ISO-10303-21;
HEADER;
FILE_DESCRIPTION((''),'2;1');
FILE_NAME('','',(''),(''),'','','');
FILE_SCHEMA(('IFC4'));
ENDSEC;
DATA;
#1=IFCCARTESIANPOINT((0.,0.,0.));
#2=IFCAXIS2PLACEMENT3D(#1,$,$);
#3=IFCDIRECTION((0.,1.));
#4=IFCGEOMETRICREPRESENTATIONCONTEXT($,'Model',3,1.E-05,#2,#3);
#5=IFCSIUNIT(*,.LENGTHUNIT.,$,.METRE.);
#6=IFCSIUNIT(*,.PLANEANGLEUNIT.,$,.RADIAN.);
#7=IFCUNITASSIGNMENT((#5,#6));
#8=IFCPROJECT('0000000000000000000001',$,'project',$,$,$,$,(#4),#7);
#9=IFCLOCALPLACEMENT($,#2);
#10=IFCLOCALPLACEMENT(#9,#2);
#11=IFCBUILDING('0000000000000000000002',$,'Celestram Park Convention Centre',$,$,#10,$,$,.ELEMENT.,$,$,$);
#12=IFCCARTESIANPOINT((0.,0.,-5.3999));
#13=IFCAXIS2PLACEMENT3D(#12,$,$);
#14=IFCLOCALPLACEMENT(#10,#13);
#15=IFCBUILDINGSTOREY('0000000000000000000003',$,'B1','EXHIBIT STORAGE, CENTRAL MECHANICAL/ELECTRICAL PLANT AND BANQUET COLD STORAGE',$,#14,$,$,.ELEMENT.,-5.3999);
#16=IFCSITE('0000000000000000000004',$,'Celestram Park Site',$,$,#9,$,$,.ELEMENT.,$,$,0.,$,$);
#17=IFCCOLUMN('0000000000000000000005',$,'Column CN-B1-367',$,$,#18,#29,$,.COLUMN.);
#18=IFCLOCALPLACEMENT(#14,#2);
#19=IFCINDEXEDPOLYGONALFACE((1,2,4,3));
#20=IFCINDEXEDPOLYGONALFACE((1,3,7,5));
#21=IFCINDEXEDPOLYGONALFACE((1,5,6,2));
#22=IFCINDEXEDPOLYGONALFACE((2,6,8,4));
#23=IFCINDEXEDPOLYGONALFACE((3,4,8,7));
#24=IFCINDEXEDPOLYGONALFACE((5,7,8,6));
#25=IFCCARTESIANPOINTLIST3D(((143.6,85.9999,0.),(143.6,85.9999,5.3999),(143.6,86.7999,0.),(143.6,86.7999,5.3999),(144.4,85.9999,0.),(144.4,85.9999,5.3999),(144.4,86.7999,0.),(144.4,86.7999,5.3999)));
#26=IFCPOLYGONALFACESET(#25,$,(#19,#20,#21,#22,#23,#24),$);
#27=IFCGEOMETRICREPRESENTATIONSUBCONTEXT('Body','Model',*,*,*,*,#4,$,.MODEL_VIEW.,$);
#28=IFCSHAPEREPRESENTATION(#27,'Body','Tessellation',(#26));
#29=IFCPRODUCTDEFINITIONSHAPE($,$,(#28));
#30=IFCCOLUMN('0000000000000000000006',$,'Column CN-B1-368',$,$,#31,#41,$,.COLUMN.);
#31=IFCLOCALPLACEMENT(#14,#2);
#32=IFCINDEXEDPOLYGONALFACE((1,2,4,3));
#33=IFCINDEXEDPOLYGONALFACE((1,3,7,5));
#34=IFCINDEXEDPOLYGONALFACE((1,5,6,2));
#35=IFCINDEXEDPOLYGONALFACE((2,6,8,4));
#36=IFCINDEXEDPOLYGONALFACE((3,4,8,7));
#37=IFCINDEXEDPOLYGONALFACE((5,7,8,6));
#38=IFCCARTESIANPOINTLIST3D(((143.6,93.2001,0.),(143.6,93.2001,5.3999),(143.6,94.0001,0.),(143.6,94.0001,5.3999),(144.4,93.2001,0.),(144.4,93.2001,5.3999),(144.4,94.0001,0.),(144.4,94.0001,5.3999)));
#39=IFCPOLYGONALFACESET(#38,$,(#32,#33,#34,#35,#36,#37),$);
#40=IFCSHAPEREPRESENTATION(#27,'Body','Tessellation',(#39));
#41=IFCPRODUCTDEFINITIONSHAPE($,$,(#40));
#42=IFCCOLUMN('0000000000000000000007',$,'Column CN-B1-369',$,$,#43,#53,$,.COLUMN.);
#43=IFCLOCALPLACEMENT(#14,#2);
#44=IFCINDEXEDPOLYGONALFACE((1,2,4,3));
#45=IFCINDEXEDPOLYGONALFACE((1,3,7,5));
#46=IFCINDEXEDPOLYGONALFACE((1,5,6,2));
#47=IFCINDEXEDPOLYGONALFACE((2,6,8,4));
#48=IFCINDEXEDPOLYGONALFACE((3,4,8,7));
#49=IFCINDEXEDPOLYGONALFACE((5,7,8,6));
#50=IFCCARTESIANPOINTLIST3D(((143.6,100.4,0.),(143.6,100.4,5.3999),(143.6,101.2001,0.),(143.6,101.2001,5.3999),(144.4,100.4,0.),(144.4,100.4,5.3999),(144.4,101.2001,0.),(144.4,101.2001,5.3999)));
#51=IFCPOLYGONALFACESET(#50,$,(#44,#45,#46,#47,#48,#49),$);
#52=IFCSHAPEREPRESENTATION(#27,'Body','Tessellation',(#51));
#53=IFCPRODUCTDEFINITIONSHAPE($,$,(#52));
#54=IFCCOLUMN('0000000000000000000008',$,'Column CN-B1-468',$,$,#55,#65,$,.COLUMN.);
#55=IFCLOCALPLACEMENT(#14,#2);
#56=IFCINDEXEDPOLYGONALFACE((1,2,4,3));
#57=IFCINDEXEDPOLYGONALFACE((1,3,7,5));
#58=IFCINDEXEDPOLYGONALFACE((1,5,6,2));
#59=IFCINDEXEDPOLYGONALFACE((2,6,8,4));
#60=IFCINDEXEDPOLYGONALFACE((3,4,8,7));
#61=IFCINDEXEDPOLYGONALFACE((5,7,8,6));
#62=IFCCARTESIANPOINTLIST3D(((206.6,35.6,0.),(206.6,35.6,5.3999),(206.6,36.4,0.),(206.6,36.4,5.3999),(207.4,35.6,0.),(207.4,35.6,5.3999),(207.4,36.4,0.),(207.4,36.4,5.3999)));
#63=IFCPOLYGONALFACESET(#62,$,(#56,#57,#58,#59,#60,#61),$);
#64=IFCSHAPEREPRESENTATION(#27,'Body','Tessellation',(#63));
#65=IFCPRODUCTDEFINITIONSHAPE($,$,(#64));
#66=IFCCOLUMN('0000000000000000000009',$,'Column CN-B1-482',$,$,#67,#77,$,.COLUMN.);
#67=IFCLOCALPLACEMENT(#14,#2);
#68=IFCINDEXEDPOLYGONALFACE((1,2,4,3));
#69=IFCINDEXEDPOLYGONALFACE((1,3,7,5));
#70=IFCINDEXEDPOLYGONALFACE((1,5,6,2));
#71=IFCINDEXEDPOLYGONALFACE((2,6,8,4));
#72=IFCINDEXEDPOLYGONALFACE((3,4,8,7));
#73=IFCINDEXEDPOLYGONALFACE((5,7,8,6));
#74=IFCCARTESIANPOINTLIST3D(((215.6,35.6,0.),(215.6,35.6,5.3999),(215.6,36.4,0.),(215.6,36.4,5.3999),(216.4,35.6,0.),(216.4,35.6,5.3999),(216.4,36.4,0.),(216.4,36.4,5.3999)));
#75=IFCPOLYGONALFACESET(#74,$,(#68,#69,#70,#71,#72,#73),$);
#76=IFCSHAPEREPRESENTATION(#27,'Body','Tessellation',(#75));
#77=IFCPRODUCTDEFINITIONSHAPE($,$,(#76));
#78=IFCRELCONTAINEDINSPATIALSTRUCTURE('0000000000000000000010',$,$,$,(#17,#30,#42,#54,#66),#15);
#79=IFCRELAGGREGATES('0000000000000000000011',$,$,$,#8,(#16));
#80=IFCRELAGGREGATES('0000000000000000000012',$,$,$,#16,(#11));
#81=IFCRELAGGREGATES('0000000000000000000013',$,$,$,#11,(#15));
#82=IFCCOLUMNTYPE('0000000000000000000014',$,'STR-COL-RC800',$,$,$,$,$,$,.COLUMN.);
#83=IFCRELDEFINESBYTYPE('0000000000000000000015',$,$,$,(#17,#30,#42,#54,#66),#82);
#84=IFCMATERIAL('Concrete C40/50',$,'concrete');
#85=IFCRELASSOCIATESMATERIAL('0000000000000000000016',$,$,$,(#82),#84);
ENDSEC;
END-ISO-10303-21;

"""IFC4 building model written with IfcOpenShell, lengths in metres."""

from ifc_helpers import new_model, si_unit, direction, frame, origin, origin_2d, place, context, subcontext, project, spatial, rectangle, extrude, material, material_profile, profile_set, type_object, element, save


model = new_model("IFC4")

# Units and contexts
model_context = context("Model", 3, precision=1e-05, world=origin(), true_north=direction((0.0, 1.0)))
body_context = subcontext(model_context, "Body", "Model", "MODEL_VIEW")
ifc_project = project(units=[si_unit("LENGTHUNIT", "METRE"), si_unit("PLANEANGLEUNIT", "RADIAN")], contexts=[model_context])

# Site, building, storey
site_placement = place(None, origin())
site = spatial("IfcSite", under=ifc_project, at=site_placement, Name="Celestram Park Site", CompositionType="ELEMENT", RefElevation=0.0)
building_placement = place(site_placement, origin())
building = spatial("IfcBuilding", under=site, at=building_placement, Name="Celestram Park Convention Centre", CompositionType="ELEMENT")
storey_placement = place(building_placement, frame((0.0, 0.0, -5.3999)))
storey = spatial("IfcBuildingStorey", under=building, at=storey_placement, Name="B1", Description="EXHIBIT STORAGE, CENTRAL MECHANICAL/ELECTRICAL PLANT AND BANQUET COLD STORAGE", CompositionType="ELEMENT", Elevation=-5.3999)

# Shared definitions
ifc_material_1 = material(Name="Concrete C40/50", Category="concrete")

# Columns
ifc_material_profile_1 = material_profile(ifc_material_1, rectangle(XDim=0.8, YDim=0.8, at=origin_2d()), Name="RC800X800")
ifc_profile_set_1 = profile_set([ifc_material_profile_1], Name="Concrete C40/50")
column_type = type_object("IfcColumnType", Name="STR-COL-RC800", PredefinedType="COLUMN", material=ifc_profile_set_1)
for number, where, z_axis, x_axis, name in (
    (1, (144.0, 86.3999, 0.0), (0.0, 0.0, 1.0), (1.0, 0.0, 0.0), "Column CN-B1-367"),
    (2, (144.0, 93.6001, 0.0), (0.0, 0.0, 1.0), (1.0, 0.0, 0.0), "Column CN-B1-368"),
    (3, (144.0, 100.8, 0.0), (0.0, 0.0, 1.0), (1.0, 0.0, 0.0), "Column CN-B1-369"),
    (4, (207.0, 36.0, 0.0), (0.0, 0.0, 1.0), (1.0, 0.0, 0.0), "Column CN-B1-468"),
    (5, (216.0, 36.0, 0.0), (0.0, 0.0, 1.0), (1.0, 0.0, 0.0), "Column CN-B1-482"),
):
    element("IfcColumn", number, at=place(storey_placement, frame(where, z_axis=z_axis, x_axis=x_axis)), inside=storey, type_object=column_type, Name=name, PredefinedType="COLUMN", context=body_context, shape_type="SweptSolid", body=[
        extrude(rectangle(XDim=0.8, YDim=0.8, at=origin_2d()), origin(), (0.0, 0.0, 1.0), 5.3999),
    ])

save(model, "model.ifc")
